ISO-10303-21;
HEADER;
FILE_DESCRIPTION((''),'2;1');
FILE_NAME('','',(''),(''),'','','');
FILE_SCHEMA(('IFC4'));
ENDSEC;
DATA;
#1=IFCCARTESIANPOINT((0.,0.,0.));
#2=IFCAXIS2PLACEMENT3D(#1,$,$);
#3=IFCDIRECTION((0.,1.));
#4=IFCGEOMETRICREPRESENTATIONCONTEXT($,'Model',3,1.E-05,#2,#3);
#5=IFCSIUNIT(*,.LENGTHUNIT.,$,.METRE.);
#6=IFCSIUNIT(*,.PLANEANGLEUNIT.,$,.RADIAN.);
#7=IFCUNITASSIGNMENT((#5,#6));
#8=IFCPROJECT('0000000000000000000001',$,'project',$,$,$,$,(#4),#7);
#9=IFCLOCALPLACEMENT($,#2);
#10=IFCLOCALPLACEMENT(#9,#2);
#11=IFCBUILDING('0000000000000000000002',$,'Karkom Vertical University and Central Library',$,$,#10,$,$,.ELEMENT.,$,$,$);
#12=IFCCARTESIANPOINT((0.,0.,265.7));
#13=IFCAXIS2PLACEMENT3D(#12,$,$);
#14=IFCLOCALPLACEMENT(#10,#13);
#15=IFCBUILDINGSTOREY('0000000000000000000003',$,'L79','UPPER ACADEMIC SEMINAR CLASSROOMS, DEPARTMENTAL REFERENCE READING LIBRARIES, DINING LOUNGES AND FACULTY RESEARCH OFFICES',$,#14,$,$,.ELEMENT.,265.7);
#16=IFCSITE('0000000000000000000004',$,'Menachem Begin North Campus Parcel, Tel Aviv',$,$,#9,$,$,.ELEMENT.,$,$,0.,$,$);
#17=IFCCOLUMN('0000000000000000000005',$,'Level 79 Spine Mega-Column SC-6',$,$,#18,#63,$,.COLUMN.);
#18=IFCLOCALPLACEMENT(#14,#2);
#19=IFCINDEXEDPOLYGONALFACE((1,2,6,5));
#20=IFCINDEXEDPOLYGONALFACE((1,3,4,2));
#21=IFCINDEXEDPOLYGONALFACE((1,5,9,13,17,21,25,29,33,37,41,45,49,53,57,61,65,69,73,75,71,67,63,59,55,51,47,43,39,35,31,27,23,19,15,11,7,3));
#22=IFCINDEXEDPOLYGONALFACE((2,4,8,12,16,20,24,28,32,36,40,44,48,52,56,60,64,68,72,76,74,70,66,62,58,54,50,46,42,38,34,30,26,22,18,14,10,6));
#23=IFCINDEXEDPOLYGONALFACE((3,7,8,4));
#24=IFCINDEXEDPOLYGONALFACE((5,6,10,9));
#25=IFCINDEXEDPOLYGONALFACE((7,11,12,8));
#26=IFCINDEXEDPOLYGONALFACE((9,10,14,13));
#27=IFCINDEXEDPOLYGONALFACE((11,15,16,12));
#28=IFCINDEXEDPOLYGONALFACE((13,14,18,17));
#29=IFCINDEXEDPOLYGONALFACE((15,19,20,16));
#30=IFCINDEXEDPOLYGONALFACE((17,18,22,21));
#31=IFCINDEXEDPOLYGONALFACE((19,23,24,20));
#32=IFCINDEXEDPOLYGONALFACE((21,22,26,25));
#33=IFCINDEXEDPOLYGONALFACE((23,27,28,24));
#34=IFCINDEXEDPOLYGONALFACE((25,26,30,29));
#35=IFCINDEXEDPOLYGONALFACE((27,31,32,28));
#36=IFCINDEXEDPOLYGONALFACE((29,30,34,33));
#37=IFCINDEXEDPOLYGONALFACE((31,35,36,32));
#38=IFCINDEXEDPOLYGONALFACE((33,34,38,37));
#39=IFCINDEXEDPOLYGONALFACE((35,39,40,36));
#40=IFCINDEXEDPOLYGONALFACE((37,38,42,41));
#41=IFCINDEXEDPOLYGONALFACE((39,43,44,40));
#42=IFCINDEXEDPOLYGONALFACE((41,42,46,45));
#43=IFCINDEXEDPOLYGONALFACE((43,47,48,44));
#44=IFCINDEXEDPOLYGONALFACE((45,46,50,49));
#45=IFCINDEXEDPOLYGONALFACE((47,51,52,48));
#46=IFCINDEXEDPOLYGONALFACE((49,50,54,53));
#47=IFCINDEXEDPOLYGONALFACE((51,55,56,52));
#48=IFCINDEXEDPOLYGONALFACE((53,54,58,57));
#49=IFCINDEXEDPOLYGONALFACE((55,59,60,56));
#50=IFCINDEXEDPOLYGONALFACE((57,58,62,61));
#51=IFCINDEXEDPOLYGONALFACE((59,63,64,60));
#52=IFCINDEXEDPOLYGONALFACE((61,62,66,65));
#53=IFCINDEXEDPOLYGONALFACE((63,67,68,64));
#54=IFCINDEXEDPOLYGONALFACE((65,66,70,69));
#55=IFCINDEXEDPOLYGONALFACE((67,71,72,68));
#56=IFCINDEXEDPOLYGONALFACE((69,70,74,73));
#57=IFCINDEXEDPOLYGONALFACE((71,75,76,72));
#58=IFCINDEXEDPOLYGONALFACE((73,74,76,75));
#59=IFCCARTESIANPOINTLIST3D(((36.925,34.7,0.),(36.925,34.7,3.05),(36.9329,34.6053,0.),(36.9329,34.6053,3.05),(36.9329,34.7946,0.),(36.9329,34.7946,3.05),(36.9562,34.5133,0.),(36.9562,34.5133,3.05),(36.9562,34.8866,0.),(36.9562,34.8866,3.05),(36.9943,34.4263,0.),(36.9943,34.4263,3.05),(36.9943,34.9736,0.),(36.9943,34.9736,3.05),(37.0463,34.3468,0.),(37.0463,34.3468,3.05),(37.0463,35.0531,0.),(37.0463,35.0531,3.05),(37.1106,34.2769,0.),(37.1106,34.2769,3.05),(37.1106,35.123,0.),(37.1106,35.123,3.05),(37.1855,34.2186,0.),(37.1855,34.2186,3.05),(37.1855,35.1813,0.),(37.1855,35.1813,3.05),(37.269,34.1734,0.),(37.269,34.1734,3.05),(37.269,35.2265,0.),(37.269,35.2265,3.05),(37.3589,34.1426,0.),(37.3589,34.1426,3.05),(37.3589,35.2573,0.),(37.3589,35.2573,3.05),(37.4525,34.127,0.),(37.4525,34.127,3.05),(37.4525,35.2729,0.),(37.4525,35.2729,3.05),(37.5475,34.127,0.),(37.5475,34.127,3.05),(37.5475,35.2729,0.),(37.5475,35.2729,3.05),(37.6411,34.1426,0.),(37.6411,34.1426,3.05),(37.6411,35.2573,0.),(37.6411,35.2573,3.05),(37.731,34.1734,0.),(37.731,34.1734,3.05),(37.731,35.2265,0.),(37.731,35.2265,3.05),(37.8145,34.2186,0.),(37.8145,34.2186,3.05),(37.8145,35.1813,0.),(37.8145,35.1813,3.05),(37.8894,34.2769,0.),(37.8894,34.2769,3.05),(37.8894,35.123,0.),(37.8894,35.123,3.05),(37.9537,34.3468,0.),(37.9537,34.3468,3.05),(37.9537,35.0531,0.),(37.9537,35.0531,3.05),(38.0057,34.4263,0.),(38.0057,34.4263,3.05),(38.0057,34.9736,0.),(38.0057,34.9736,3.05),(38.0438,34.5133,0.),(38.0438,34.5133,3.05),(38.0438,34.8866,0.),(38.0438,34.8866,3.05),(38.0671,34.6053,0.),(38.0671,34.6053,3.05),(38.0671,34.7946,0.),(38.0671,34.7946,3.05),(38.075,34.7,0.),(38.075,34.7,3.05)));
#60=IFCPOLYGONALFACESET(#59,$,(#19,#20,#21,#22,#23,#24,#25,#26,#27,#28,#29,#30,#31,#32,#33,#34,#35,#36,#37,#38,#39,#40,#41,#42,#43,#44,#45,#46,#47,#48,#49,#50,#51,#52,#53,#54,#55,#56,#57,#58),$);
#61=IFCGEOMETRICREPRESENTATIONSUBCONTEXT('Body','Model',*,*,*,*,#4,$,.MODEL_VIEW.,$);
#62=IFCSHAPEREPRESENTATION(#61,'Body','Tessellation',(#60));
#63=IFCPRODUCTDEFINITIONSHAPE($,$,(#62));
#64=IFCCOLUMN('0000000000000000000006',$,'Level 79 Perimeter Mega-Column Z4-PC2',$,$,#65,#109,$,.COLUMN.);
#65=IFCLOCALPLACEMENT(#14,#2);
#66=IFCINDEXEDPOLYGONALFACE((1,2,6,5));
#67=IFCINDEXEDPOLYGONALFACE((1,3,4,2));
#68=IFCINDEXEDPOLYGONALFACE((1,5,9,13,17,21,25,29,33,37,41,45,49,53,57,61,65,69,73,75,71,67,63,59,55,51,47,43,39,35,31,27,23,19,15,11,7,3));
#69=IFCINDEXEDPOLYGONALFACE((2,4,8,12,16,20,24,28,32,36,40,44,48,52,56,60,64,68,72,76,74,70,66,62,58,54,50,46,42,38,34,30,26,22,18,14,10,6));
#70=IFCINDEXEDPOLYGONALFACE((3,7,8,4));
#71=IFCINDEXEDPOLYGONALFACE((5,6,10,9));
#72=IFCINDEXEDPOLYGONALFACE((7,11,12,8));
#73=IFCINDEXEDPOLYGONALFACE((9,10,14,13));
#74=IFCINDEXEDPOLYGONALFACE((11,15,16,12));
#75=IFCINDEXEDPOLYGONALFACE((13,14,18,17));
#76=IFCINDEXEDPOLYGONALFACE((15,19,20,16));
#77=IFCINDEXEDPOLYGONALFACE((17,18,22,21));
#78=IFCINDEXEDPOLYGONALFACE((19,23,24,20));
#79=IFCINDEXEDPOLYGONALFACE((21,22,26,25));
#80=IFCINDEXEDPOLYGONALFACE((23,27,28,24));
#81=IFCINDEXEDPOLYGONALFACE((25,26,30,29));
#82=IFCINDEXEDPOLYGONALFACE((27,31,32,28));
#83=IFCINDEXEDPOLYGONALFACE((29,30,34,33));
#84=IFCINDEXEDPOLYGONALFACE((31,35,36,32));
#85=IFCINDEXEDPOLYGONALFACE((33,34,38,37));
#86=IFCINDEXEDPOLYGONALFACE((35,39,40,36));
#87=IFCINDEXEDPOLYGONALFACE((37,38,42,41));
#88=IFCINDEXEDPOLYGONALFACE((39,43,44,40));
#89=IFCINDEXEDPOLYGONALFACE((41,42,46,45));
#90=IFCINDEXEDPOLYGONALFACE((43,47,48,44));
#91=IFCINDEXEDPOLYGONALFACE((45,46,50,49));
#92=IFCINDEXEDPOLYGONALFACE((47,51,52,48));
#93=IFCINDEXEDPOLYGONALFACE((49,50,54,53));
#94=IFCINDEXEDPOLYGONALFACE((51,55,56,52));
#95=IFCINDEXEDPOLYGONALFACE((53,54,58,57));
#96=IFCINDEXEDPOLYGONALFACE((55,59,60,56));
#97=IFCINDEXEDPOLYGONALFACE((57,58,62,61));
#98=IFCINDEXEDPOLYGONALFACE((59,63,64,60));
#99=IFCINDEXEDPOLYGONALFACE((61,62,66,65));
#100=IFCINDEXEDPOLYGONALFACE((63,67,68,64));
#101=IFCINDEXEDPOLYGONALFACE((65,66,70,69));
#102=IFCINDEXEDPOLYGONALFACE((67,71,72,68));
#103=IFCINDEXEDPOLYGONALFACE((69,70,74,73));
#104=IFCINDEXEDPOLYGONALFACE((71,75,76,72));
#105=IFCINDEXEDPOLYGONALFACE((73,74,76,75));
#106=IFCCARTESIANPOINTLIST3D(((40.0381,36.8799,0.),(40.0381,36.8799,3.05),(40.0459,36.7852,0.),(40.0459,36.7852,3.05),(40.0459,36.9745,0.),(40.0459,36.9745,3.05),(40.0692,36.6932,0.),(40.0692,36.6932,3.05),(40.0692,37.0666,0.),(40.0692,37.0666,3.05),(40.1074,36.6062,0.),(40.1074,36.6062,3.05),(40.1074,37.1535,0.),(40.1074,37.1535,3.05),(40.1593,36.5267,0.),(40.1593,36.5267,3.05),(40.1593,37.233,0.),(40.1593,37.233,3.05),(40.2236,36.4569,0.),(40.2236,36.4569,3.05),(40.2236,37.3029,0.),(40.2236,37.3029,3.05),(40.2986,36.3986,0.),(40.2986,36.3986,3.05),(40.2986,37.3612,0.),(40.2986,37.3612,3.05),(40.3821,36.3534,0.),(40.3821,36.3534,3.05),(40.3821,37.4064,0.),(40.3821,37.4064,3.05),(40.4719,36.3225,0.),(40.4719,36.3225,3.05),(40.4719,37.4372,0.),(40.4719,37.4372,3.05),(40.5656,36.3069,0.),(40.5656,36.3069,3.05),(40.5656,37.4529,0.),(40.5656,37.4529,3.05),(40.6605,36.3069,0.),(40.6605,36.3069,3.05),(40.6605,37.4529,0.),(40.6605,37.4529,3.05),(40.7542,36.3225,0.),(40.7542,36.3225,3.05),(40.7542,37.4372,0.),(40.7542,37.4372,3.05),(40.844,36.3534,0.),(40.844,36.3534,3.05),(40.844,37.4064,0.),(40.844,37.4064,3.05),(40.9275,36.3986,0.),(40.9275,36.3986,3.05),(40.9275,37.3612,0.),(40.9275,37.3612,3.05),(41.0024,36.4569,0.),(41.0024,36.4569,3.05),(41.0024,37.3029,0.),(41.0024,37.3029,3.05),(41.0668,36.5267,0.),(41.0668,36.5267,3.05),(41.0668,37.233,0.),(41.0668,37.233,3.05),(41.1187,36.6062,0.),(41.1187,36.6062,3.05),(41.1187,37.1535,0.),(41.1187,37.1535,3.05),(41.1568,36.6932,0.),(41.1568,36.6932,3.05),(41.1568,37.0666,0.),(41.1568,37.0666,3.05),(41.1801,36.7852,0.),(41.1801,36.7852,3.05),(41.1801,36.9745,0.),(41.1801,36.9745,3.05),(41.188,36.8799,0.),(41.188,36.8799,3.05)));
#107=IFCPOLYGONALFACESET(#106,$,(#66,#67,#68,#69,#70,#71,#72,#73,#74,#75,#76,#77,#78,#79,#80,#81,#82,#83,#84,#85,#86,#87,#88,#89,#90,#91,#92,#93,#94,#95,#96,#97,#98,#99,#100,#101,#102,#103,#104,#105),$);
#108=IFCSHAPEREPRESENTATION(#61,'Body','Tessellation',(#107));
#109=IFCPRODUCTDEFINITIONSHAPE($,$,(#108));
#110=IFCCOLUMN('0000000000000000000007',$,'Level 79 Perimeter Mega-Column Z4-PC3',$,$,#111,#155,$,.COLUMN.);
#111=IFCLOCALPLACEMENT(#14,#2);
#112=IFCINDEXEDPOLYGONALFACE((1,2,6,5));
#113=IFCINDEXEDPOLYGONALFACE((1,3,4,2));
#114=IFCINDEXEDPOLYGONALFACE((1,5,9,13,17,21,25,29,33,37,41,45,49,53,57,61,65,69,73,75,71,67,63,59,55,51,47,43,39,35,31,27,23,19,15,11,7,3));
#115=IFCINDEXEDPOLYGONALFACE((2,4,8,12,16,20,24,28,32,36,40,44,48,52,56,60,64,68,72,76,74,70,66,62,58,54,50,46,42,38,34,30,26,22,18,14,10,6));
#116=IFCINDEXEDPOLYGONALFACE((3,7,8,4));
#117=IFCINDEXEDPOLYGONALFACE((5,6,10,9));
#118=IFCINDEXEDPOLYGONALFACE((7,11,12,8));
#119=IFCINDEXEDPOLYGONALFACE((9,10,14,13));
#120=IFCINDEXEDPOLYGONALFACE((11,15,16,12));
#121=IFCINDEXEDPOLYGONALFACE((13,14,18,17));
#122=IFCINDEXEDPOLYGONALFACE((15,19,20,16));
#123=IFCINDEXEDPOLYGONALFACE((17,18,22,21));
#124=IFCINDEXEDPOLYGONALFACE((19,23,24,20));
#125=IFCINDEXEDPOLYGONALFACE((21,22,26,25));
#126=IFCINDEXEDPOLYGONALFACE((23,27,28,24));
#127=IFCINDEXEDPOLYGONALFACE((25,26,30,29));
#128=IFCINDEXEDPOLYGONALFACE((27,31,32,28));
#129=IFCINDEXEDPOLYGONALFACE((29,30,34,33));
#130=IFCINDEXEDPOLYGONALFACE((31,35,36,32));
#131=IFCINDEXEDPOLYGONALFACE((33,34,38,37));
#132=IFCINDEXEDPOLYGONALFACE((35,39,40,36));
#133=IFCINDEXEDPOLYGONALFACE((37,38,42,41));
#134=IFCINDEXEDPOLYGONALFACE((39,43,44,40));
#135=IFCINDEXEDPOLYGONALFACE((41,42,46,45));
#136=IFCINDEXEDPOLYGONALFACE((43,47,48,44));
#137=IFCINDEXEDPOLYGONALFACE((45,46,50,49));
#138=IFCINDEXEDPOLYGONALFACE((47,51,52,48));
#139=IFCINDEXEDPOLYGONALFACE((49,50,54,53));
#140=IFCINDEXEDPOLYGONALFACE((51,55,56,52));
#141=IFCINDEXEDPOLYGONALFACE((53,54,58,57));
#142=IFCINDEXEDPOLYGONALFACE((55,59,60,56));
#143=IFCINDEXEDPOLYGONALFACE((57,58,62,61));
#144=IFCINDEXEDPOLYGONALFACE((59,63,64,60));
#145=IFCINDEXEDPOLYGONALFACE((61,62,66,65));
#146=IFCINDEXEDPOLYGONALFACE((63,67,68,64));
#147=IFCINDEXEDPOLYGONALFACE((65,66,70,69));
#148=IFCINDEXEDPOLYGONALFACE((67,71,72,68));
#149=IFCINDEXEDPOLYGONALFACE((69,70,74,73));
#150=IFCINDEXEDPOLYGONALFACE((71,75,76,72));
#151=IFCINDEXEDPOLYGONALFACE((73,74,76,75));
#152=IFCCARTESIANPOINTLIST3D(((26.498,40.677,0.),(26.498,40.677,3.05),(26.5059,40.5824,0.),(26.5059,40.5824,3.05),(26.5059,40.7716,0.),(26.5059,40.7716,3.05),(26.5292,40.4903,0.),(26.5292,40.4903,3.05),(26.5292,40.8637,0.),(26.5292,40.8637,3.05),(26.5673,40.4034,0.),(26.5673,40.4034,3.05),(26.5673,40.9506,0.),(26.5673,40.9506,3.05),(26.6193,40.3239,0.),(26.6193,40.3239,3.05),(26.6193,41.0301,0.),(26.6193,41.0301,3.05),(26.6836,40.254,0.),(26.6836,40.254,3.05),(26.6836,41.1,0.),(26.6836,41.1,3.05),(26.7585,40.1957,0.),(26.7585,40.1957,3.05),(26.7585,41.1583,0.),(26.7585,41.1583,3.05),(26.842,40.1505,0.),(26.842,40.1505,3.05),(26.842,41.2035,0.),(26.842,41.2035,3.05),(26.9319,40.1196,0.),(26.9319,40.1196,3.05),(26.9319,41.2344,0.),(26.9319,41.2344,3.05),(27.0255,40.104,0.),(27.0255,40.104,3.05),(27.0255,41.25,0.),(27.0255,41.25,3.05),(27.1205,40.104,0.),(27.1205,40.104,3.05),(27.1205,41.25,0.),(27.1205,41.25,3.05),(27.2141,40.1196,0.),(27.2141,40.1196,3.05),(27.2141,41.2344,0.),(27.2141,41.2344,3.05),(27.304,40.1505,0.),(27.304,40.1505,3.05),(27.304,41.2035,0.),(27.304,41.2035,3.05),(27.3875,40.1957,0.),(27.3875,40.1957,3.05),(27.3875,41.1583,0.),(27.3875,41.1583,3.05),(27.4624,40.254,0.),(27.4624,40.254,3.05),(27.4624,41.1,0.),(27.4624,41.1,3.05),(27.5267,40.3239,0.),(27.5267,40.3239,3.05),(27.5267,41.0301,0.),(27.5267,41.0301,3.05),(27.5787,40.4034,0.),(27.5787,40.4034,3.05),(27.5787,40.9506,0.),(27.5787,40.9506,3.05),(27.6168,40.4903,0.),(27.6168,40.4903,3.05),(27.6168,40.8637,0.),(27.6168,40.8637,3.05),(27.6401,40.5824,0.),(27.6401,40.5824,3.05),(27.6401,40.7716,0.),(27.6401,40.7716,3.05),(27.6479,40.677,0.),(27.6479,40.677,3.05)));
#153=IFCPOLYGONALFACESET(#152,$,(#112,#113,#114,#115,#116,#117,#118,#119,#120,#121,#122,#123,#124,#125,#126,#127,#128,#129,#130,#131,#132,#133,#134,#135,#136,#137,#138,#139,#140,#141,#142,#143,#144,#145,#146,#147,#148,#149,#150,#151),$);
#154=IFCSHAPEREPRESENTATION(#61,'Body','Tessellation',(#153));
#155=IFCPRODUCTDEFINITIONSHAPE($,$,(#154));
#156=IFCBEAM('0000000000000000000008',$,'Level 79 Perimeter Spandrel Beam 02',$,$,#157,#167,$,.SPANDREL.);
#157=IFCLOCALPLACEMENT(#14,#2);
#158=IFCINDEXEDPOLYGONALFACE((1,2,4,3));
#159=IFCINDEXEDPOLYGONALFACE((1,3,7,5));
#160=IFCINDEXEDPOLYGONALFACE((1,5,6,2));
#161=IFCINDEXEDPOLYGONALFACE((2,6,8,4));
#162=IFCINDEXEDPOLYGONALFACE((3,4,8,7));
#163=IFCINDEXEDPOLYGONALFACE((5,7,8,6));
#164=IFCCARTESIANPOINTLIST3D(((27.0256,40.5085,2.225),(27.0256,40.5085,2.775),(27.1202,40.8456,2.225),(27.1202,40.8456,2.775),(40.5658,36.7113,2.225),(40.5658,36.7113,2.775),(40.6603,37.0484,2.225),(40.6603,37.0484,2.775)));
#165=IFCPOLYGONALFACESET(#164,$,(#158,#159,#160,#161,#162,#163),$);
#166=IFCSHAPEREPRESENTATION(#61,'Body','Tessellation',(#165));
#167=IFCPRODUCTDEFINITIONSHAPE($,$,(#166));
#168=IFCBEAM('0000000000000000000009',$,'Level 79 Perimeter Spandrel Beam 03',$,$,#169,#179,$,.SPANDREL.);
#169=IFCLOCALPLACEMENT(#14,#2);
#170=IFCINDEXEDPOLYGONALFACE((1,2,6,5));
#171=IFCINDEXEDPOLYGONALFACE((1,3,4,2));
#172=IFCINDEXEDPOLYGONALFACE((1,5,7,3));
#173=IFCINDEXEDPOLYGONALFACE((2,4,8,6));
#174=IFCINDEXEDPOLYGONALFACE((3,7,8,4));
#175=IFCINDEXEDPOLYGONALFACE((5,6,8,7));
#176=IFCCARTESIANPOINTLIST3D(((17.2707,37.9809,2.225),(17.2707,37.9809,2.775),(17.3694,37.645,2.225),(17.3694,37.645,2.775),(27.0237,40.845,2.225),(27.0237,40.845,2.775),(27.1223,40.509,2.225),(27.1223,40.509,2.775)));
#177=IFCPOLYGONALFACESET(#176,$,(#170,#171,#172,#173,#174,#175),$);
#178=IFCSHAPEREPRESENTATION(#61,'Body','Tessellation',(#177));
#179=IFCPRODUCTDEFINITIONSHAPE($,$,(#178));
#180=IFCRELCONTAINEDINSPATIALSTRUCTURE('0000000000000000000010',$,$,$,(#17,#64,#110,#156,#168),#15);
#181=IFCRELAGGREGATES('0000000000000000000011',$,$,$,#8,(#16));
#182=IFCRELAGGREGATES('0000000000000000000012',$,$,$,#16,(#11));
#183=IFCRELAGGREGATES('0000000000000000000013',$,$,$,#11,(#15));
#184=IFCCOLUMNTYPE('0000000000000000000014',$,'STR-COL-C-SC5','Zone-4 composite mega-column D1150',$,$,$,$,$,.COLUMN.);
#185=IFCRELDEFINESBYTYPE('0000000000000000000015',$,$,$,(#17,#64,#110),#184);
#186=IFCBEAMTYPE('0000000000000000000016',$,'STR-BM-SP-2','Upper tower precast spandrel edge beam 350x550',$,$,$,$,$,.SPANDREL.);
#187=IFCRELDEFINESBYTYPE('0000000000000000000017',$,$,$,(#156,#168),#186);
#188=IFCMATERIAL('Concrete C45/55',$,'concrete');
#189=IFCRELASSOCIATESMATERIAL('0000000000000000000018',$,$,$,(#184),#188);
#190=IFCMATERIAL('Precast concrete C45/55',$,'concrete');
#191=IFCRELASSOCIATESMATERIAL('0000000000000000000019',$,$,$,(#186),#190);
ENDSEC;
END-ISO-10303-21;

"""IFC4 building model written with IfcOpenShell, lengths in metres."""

from ifc_helpers import new_model, si_unit, direction, frame, origin, origin_with_axes, origin_2d, place, context, subcontext, project, spatial, rectangle, circle, extrude, source, transform, mapped, material, material_profile, profile_set, type_object, element, save


model = new_model("IFC4")

# Units and contexts
model_context = context("Model", 3, precision=1e-05, world=origin(), true_north=direction((0.0, 1.0)))
body_context = subcontext(model_context, "Body", "Model", "MODEL_VIEW")
ifc_project = project(units=[si_unit("LENGTHUNIT", "METRE"), si_unit("PLANEANGLEUNIT", "RADIAN")], contexts=[model_context])

# Site, building, storey
site_placement = place(None, origin())
site = spatial("IfcSite", under=ifc_project, at=site_placement, Name="Menachem Begin North Campus Parcel, Tel Aviv", CompositionType="ELEMENT", RefElevation=0.0)
building_placement = place(site_placement, origin())
building = spatial("IfcBuilding", under=site, at=building_placement, Name="Karkom Vertical University and Central Library", CompositionType="ELEMENT")
storey_placement = place(building_placement, frame((0.0, 0.0, 265.7)))
storey = spatial("IfcBuildingStorey", under=building, at=storey_placement, Name="L79", Description="UPPER ACADEMIC SEMINAR CLASSROOMS, DEPARTMENTAL REFERENCE READING LIBRARIES, DINING LOUNGES AND FACULTY RESEARCH OFFICES", CompositionType="ELEMENT", Elevation=265.7)

# Columns
ifc_material_1 = material(Name="Concrete C45/55", Category="concrete")
ifc_material_profile_1 = material_profile(ifc_material_1, circle(Radius=0.575, at=origin_2d()), Name="CFT-D1150")
ifc_profile_set_1 = profile_set([ifc_material_profile_1], Name="Concrete C45/55")
column_type = type_object("IfcColumnType", Name="STR-COL-C-SC5", Description="Zone-4 composite mega-column D1150", PredefinedType="COLUMN", material=ifc_profile_set_1)
shared_shape_1 = source(origin_with_axes(), body_context, "Body", "SweptSolid", [
    extrude(circle(Radius=0.575, at=origin_2d()), origin(), (0.0, 0.0, 1.0), 3.05),
])
for number, where, z_axis, x_axis, name in (
    (1, (37.5, 34.7, 0.0), (0.0, 0.0, 1.0), (1.0, 0.0, 0.0), "Level 79 Spine Mega-Column SC-6"),
    (2, (40.613, 36.8799, 0.0), (0.0, 0.0, 1.0), (1.0, 0.0, 0.0), "Level 79 Perimeter Mega-Column Z4-PC2"),
    (3, (27.073, 40.677, 0.0), (0.0, 0.0, 1.0), (1.0, 0.0, 0.0), "Level 79 Perimeter Mega-Column Z4-PC3"),
):
    element("IfcColumn", number, at=place(storey_placement, frame(where, z_axis=z_axis, x_axis=x_axis)), inside=storey, type_object=column_type, Name=name, PredefinedType="COLUMN", context=body_context, shape_type="MappedRepresentation", body=[
        mapped(shared_shape_1, transform((0.0, 0.0, 0.0), scale=1.0)),
    ])

# Beams
ifc_material_2 = material(Name="Precast concrete C45/55", Category="concrete")
ifc_material_profile_2 = material_profile(ifc_material_2, rectangle(XDim=0.3501, YDim=0.55, at=origin_2d()), Name="SPB-350x550")
ifc_profile_set_2 = profile_set([ifc_material_profile_2], Name="Precast concrete C45/55")
beam_type_1 = type_object("IfcBeamType", Name="STR-BM-SP-2", Description="Upper tower precast spandrel edge beam 350x550", PredefinedType="SPANDREL", material=ifc_profile_set_2)
shared_shape_2 = source(origin_with_axes(), body_context, "Body", "SweptSolid", [
    extrude(rectangle(XDim=0.3501, YDim=0.55, at=origin_2d()), origin(), (0.0, 0.0, 1.0), 14.0625),
])
beam_1_placement = place(storey_placement, frame((40.613, 36.8799, 2.5), z_axis=(-0.962855, 0.27002, 0.0), x_axis=(-0.27002, -0.962855, 0.0)))
element("IfcBeam", 4, at=beam_1_placement, inside=storey, type_object=beam_type_1, Name="Level 79 Perimeter Spandrel Beam 02", PredefinedType="SPANDREL", context=body_context, shape_type="MappedRepresentation", body=[
    mapped(shared_shape_2, transform((0.0, 0.0, 0.0), scale=1.0)),
])
shared_shape_3 = source(origin_with_axes(), body_context, "Body", "SweptSolid", [
    extrude(rectangle(XDim=0.3501, YDim=0.55, at=origin_2d()), origin(), (0.0, 0.0, 1.0), 10.1648),
])
beam_2_placement = place(storey_placement, frame((27.073, 40.677, 2.5), z_axis=(-0.959485, -0.281759, 0.0), x_axis=(0.281759, -0.959485, 0.0)))
element("IfcBeam", 5, at=beam_2_placement, inside=storey, type_object=beam_type_1, Name="Level 79 Perimeter Spandrel Beam 03", PredefinedType="SPANDREL", context=body_context, shape_type="MappedRepresentation", body=[
    mapped(shared_shape_3, transform((0.0, 0.0, 0.0), scale=1.0)),
])

save(model, "model.ifc")
